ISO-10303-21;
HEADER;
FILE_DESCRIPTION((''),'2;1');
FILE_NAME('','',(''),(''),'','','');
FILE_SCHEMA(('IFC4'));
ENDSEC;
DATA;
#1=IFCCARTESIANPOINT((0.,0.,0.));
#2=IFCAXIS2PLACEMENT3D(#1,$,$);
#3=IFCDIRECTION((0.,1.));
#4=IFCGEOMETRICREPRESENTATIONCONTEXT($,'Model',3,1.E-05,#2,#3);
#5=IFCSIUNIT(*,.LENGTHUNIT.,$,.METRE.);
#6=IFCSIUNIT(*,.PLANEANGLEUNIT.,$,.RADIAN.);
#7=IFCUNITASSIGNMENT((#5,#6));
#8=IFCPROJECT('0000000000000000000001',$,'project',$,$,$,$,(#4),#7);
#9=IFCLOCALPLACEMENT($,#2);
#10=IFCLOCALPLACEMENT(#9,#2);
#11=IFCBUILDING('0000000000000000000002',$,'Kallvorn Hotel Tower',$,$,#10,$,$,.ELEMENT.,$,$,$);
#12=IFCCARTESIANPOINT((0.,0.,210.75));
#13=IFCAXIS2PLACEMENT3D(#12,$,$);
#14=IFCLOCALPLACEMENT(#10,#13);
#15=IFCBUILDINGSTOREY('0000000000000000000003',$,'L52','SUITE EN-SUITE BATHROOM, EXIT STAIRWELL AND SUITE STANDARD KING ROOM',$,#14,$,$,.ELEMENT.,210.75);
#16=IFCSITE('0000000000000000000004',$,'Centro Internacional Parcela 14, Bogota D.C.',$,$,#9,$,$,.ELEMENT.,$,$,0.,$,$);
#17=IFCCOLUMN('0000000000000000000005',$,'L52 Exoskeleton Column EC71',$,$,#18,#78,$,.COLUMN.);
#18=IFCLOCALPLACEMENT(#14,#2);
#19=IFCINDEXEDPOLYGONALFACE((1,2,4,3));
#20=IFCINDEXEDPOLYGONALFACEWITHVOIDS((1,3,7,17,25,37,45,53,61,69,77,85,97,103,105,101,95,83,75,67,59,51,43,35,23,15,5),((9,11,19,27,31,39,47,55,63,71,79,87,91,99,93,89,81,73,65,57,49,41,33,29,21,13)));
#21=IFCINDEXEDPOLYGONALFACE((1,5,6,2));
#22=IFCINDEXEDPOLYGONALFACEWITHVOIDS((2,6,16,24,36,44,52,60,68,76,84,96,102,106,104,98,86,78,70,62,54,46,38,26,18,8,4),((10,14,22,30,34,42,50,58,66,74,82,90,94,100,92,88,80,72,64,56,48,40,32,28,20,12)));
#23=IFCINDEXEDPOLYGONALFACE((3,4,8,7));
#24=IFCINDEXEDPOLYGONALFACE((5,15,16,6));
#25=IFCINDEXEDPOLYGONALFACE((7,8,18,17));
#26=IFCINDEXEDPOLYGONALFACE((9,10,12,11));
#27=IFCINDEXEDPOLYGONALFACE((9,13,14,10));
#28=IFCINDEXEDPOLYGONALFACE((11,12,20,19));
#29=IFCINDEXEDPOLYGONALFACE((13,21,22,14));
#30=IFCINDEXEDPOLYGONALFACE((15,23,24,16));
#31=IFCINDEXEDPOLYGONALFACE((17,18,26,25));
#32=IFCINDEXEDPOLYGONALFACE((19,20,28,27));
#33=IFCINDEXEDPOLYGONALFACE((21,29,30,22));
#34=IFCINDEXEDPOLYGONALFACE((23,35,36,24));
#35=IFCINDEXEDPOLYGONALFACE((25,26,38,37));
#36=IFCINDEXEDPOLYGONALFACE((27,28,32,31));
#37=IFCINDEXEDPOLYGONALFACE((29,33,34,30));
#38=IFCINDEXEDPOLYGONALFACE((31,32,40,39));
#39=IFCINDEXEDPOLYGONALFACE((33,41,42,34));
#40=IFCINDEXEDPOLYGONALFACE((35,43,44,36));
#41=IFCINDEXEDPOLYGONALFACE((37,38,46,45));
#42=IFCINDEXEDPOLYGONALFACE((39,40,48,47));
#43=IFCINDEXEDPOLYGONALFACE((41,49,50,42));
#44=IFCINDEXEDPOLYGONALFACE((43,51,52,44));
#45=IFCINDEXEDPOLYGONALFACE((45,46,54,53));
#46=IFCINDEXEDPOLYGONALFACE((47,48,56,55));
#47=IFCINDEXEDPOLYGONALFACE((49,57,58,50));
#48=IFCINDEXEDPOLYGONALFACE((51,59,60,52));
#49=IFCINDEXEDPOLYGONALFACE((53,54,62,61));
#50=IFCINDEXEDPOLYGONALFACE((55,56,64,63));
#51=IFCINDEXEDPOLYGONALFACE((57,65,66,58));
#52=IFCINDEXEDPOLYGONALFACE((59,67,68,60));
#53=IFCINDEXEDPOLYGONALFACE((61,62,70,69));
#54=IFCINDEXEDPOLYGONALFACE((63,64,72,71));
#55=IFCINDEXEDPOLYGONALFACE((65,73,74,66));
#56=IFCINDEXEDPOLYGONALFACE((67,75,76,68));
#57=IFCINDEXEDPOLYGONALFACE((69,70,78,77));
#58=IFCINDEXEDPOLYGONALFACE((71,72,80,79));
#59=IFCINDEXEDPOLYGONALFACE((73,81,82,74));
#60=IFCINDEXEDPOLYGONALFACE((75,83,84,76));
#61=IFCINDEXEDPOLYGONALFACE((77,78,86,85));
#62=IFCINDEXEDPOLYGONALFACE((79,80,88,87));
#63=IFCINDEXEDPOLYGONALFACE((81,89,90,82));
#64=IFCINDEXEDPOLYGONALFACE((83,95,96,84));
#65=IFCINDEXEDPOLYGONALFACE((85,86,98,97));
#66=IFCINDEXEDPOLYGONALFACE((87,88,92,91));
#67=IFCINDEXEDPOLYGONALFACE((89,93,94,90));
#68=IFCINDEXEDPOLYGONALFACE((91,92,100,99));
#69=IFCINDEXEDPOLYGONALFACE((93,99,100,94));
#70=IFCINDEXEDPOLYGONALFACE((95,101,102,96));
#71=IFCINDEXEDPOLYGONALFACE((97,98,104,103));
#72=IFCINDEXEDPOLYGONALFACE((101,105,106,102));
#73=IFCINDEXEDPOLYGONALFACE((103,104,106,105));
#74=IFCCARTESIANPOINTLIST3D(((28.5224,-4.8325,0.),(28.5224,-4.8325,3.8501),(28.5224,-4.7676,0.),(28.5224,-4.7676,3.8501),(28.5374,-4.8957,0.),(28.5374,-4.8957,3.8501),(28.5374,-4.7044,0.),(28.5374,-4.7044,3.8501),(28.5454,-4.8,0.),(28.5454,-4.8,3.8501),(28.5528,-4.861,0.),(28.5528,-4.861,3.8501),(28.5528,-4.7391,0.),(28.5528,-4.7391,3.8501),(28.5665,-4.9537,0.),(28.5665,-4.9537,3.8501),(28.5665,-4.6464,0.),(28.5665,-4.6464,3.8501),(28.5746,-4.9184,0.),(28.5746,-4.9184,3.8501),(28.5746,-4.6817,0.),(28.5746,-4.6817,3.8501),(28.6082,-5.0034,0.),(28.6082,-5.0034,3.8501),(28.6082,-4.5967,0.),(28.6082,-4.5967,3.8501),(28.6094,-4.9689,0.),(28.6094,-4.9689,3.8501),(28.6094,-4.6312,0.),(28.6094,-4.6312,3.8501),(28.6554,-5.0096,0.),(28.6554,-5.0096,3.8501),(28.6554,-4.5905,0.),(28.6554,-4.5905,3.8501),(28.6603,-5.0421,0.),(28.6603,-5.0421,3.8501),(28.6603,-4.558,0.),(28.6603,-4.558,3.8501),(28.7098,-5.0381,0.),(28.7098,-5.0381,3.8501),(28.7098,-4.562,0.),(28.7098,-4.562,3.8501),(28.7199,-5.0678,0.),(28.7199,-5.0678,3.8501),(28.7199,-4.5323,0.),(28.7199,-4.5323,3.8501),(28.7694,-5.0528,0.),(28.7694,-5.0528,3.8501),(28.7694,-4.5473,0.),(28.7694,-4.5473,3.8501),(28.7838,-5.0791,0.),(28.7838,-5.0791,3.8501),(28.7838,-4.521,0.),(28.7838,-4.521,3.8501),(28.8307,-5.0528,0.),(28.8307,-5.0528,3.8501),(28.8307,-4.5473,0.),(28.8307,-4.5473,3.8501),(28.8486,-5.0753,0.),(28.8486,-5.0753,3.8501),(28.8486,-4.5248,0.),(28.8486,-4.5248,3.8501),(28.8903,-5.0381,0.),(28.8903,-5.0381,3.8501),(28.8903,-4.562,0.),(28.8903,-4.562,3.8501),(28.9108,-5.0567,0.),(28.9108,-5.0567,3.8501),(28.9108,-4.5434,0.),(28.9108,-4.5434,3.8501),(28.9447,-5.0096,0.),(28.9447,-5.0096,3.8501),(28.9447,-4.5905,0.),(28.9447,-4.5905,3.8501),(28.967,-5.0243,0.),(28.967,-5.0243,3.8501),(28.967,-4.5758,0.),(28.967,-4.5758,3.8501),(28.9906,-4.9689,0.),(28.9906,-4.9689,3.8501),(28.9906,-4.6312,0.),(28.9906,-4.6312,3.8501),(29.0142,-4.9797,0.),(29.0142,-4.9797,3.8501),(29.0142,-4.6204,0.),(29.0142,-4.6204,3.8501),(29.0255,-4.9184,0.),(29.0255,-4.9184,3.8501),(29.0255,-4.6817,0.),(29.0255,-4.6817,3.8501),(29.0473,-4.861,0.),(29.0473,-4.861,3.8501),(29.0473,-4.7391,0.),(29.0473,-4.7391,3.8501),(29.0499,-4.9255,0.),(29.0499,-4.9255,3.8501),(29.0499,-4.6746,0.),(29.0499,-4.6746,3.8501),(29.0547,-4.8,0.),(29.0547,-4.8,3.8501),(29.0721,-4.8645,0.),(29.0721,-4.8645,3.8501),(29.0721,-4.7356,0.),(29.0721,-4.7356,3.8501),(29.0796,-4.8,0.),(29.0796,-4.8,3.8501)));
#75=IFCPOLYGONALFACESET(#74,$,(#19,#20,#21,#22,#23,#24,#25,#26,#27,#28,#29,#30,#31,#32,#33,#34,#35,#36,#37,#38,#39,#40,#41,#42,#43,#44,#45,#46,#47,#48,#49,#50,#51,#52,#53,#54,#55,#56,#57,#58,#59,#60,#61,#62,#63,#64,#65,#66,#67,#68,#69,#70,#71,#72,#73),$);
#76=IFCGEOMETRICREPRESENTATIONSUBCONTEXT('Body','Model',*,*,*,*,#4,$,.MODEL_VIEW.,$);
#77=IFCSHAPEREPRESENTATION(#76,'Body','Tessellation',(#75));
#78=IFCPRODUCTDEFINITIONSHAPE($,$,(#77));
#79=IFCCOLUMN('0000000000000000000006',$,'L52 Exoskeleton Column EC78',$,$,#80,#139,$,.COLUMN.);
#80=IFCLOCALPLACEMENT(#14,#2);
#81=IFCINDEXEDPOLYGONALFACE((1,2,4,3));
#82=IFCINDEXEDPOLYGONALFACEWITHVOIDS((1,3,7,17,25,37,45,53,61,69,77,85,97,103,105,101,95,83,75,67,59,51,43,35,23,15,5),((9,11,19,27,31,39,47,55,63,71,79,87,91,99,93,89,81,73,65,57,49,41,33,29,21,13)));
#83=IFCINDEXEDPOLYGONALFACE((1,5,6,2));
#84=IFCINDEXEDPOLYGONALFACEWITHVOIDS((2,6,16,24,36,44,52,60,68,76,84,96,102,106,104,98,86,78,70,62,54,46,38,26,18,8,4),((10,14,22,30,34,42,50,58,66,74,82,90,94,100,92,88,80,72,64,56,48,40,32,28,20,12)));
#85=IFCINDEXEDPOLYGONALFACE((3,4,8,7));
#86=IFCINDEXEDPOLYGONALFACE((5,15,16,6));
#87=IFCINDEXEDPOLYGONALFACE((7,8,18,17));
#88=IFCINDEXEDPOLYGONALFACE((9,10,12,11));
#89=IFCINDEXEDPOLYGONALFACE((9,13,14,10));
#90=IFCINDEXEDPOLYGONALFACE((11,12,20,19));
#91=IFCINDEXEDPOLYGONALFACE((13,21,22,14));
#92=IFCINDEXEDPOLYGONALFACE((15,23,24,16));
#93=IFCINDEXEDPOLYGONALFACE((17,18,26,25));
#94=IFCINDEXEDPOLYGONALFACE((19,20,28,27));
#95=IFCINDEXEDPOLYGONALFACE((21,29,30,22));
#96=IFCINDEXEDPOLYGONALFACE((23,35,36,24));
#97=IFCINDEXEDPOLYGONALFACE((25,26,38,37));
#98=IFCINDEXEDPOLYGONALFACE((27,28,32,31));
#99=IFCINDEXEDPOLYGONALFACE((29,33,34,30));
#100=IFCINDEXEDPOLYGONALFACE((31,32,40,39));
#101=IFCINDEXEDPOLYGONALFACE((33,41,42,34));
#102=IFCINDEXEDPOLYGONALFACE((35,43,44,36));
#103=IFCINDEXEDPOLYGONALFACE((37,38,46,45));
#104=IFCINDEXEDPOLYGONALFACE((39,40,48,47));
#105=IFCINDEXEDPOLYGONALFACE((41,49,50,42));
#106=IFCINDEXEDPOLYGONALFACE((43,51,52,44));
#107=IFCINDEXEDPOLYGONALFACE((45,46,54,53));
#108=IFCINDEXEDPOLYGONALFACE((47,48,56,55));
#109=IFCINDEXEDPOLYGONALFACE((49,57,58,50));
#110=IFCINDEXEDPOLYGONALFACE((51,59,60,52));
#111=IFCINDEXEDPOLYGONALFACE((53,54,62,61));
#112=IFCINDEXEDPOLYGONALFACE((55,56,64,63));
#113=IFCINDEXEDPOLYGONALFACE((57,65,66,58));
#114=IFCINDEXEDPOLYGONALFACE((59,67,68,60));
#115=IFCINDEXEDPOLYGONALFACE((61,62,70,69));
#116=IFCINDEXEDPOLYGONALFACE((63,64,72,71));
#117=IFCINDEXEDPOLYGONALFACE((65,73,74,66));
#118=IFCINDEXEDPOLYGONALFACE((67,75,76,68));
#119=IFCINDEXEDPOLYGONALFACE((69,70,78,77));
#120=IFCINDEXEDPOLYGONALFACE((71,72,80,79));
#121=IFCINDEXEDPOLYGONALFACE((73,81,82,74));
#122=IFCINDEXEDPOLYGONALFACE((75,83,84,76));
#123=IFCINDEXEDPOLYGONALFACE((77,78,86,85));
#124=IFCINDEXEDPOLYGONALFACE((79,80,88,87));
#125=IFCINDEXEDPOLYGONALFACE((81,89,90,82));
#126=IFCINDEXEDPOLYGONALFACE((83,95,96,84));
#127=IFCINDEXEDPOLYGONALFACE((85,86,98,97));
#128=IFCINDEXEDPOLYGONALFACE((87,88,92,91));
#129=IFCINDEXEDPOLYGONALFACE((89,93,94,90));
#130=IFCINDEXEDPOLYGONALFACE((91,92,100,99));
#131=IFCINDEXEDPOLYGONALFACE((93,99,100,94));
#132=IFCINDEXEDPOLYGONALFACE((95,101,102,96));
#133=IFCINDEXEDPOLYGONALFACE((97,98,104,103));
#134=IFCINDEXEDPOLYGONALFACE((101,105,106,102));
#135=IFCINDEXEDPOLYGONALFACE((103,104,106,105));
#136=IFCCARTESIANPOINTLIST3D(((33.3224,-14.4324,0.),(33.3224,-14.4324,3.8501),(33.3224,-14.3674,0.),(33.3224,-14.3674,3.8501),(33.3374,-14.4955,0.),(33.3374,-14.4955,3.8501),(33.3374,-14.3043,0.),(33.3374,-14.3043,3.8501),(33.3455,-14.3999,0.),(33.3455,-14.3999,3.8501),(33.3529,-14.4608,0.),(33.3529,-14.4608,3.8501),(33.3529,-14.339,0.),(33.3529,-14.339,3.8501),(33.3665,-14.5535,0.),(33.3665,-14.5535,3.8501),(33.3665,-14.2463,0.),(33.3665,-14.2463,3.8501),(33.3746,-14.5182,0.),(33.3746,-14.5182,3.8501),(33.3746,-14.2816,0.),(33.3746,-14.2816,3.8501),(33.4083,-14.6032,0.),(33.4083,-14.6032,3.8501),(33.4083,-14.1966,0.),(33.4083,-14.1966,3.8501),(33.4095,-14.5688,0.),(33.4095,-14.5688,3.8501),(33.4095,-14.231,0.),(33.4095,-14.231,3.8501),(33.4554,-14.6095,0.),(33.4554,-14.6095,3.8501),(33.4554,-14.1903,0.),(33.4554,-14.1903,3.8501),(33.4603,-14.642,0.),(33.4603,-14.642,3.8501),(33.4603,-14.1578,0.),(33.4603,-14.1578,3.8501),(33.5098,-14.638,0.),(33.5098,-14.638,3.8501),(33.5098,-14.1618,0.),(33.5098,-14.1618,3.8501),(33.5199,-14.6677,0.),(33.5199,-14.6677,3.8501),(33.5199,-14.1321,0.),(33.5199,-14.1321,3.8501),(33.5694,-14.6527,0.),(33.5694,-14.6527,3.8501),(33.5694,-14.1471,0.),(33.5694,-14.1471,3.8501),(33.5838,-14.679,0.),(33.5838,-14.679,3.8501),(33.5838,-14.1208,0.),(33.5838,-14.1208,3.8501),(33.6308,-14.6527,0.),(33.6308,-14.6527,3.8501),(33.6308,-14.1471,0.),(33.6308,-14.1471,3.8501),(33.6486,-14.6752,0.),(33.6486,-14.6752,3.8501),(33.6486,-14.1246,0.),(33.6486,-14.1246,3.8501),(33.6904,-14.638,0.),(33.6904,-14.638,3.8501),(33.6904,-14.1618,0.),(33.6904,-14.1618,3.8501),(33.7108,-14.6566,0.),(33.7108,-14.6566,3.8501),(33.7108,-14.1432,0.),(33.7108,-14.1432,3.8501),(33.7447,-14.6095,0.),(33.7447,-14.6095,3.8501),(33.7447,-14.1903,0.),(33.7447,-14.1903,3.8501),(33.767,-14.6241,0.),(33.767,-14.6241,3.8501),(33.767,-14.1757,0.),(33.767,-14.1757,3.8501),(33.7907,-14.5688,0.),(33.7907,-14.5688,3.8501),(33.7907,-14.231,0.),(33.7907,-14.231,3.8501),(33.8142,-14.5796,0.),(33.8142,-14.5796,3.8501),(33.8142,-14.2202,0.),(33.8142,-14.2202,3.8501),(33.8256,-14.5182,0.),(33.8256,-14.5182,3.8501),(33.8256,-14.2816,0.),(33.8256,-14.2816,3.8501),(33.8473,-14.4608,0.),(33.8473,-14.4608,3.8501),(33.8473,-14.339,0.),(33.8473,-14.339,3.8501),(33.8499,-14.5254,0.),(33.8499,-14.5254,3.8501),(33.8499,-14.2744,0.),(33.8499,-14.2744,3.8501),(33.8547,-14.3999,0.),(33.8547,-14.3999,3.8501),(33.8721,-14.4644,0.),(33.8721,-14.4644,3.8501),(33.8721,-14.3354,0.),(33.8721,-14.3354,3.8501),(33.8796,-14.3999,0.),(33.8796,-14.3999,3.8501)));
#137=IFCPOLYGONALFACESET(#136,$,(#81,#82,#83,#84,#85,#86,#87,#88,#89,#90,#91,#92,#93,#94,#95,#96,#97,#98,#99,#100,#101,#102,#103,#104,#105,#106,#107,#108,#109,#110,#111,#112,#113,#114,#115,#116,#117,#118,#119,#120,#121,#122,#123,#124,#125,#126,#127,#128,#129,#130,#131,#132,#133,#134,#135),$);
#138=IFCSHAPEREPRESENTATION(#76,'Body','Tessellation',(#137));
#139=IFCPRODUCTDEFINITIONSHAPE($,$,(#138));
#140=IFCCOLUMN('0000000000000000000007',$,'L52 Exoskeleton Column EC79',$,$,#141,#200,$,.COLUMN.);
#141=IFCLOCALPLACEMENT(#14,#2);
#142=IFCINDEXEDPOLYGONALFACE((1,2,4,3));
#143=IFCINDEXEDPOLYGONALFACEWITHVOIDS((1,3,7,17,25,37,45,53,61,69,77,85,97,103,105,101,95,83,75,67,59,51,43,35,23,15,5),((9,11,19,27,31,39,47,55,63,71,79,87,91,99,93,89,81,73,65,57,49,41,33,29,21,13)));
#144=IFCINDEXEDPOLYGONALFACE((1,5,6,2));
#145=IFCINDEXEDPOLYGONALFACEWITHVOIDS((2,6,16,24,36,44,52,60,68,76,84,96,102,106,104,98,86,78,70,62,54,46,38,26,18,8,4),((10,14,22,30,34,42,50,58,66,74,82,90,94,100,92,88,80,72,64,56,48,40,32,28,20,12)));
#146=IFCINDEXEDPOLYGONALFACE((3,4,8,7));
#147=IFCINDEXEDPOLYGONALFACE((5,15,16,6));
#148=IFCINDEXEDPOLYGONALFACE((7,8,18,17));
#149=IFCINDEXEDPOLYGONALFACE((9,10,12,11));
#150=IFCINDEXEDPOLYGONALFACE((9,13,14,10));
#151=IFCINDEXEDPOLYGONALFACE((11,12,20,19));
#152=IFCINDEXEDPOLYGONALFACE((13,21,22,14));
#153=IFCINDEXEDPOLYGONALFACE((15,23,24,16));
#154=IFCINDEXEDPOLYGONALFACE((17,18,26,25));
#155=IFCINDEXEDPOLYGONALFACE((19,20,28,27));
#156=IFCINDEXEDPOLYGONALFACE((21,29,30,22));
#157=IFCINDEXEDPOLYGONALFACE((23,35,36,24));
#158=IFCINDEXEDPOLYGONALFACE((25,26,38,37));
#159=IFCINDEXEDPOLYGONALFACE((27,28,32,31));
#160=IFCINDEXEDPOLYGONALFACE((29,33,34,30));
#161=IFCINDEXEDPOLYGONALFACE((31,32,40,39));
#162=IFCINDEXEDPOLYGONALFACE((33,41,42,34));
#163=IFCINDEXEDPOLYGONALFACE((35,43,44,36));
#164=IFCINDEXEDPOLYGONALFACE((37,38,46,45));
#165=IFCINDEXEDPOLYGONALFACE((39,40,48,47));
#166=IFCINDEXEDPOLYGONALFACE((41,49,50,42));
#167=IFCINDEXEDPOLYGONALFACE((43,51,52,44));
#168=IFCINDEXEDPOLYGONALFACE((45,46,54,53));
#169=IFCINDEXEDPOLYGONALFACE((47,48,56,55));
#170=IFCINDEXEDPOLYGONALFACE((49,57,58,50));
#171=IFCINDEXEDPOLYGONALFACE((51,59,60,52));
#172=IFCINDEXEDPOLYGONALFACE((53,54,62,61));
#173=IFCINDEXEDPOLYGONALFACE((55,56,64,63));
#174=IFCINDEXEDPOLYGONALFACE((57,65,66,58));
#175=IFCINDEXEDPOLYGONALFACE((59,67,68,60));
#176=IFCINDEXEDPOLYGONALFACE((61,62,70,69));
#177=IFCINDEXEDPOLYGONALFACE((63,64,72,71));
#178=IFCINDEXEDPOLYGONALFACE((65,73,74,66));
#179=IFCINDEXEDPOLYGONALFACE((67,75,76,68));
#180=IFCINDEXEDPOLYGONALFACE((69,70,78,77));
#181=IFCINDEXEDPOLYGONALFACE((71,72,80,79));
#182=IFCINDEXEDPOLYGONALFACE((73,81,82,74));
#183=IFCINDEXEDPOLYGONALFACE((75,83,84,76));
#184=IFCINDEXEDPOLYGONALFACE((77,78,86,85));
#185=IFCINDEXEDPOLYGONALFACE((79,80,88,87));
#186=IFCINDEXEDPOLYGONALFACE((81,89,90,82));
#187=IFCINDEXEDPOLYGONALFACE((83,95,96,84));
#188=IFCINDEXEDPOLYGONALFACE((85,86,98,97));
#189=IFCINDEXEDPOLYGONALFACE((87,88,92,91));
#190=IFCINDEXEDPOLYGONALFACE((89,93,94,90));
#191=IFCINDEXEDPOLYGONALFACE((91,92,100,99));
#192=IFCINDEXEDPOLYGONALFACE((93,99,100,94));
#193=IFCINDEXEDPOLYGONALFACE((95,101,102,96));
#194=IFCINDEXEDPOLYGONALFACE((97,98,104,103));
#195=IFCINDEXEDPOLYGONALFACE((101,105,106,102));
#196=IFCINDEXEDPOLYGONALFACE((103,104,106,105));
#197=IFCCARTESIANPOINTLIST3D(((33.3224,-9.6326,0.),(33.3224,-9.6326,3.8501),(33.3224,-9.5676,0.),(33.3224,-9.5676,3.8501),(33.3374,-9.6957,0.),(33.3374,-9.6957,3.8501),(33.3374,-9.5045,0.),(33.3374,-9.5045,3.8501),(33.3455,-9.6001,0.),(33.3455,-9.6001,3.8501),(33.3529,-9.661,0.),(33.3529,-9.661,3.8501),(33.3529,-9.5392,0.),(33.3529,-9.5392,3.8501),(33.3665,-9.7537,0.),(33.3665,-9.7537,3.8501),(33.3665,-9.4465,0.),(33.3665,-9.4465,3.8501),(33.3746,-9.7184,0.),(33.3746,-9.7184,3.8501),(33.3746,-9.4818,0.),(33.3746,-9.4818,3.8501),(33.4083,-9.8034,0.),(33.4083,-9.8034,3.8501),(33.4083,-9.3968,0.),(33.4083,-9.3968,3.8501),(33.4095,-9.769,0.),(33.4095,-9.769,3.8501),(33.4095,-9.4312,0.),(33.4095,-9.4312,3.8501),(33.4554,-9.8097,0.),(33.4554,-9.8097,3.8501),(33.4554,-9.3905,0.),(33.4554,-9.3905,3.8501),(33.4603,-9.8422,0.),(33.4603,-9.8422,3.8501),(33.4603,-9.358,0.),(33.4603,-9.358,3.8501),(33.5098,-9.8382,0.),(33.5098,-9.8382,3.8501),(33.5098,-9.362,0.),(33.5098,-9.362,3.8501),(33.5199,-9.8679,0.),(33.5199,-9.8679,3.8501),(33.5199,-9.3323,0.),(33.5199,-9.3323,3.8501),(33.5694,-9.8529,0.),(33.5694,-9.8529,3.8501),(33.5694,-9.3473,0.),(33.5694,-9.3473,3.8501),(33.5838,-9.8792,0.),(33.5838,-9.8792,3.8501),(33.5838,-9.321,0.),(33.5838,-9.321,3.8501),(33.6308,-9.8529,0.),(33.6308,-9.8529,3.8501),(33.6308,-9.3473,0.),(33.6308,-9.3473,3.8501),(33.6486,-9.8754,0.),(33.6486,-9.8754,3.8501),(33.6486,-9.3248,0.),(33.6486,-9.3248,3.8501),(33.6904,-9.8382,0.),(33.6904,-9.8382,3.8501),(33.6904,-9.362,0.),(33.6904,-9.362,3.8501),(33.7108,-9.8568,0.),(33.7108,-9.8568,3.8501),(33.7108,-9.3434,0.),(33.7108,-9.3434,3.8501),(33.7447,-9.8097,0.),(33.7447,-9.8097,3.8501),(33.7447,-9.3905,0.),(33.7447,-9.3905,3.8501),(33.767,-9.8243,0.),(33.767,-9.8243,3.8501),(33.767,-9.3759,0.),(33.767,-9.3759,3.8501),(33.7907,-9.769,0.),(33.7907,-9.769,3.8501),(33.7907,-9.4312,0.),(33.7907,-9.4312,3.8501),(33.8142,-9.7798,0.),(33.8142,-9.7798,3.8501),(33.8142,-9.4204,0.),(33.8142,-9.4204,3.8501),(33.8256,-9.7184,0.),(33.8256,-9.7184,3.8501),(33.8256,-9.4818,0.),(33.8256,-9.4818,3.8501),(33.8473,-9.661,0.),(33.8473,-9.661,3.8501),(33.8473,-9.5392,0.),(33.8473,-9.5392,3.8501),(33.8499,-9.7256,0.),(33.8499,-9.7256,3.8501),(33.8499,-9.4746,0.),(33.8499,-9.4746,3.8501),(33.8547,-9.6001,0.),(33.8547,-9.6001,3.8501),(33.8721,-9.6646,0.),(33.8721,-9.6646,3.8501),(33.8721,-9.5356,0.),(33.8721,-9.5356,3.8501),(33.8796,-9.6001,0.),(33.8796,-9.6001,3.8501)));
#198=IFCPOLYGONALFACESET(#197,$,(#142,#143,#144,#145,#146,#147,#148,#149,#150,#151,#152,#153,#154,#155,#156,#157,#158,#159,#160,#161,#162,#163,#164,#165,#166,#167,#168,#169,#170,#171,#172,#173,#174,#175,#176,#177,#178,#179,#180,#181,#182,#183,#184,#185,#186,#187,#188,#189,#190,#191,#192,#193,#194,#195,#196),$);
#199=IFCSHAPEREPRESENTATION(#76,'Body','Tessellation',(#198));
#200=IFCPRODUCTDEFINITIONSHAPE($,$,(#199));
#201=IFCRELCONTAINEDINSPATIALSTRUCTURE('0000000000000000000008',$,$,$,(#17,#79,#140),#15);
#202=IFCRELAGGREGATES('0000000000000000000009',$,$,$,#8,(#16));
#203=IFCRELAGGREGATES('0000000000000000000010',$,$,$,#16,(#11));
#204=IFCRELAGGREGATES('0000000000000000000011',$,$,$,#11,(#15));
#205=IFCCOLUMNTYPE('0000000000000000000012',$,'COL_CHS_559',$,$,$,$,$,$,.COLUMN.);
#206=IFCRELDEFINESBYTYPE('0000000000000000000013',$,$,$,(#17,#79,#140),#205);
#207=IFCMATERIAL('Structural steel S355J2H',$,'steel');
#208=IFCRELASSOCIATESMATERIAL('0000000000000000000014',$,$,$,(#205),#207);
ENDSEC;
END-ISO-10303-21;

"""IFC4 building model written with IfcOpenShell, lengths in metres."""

from ifc_helpers import new_model, si_unit, direction, frame, origin, origin_2d, place, context, subcontext, project, spatial, hollow_circle, extrude, material, material_profile, profile_set, type_object, element, save


model = new_model("IFC4")

# Units and contexts
model_context = context("Model", 3, precision=1e-05, world=origin(), true_north=direction((0.0, 1.0)))
body_context = subcontext(model_context, "Body", "Model", "MODEL_VIEW")
ifc_project = project(units=[si_unit("LENGTHUNIT", "METRE"), si_unit("PLANEANGLEUNIT", "RADIAN")], contexts=[model_context])

# Site, building, storey
site_placement = place(None, origin())
site = spatial("IfcSite", under=ifc_project, at=site_placement, Name="Centro Internacional Parcela 14, Bogota D.C.", CompositionType="ELEMENT", RefElevation=0.0)
building_placement = place(site_placement, origin())
building = spatial("IfcBuilding", under=site, at=building_placement, Name="Kallvorn Hotel Tower", CompositionType="ELEMENT")
storey_placement = place(building_placement, frame((0.0, 0.0, 210.75)))
storey = spatial("IfcBuildingStorey", under=building, at=storey_placement, Name="L52", Description="SUITE EN-SUITE BATHROOM, EXIT STAIRWELL AND SUITE STANDARD KING ROOM", CompositionType="ELEMENT", Elevation=210.75)

# Columns
ifc_material_1 = material(Name="Structural steel S355J2H", Category="steel")
ifc_material_profile_1 = material_profile(ifc_material_1, hollow_circle(Radius=0.2795, WallThickness=0.0249, at=origin_2d()), Name="CHS 559x25")
ifc_profile_set_1 = profile_set([ifc_material_profile_1], Name="Structural steel S355J2H")
column_type_1 = type_object("IfcColumnType", Name="COL_CHS_559", PredefinedType="COLUMN", material=ifc_profile_set_1)
for number, where, z_axis, x_axis, name in (
    (1, (28.8, -4.8, 0.0), (0.0, 0.0, 1.0), (1.0, 0.0, 0.0), "L52 Exoskeleton Column EC71"),
    (2, (33.6001, -14.3999, 0.0), (0.0, 0.0, 1.0), (1.0, 0.0, 0.0), "L52 Exoskeleton Column EC78"),
    (3, (33.6001, -9.6001, 0.0), (0.0, 0.0, 1.0), (1.0, 0.0, 0.0), "L52 Exoskeleton Column EC79"),
):
    element("IfcColumn", number, at=place(storey_placement, frame(where, z_axis=z_axis, x_axis=x_axis)), inside=storey, type_object=column_type_1, Name=name, PredefinedType="COLUMN", context=body_context, shape_type="SweptSolid", body=[
        extrude(hollow_circle(Radius=0.2795, WallThickness=0.0249, at=origin_2d()), origin(), (0.0, 0.0, 1.0), 3.8501),
    ])

save(model, "model.ifc")
